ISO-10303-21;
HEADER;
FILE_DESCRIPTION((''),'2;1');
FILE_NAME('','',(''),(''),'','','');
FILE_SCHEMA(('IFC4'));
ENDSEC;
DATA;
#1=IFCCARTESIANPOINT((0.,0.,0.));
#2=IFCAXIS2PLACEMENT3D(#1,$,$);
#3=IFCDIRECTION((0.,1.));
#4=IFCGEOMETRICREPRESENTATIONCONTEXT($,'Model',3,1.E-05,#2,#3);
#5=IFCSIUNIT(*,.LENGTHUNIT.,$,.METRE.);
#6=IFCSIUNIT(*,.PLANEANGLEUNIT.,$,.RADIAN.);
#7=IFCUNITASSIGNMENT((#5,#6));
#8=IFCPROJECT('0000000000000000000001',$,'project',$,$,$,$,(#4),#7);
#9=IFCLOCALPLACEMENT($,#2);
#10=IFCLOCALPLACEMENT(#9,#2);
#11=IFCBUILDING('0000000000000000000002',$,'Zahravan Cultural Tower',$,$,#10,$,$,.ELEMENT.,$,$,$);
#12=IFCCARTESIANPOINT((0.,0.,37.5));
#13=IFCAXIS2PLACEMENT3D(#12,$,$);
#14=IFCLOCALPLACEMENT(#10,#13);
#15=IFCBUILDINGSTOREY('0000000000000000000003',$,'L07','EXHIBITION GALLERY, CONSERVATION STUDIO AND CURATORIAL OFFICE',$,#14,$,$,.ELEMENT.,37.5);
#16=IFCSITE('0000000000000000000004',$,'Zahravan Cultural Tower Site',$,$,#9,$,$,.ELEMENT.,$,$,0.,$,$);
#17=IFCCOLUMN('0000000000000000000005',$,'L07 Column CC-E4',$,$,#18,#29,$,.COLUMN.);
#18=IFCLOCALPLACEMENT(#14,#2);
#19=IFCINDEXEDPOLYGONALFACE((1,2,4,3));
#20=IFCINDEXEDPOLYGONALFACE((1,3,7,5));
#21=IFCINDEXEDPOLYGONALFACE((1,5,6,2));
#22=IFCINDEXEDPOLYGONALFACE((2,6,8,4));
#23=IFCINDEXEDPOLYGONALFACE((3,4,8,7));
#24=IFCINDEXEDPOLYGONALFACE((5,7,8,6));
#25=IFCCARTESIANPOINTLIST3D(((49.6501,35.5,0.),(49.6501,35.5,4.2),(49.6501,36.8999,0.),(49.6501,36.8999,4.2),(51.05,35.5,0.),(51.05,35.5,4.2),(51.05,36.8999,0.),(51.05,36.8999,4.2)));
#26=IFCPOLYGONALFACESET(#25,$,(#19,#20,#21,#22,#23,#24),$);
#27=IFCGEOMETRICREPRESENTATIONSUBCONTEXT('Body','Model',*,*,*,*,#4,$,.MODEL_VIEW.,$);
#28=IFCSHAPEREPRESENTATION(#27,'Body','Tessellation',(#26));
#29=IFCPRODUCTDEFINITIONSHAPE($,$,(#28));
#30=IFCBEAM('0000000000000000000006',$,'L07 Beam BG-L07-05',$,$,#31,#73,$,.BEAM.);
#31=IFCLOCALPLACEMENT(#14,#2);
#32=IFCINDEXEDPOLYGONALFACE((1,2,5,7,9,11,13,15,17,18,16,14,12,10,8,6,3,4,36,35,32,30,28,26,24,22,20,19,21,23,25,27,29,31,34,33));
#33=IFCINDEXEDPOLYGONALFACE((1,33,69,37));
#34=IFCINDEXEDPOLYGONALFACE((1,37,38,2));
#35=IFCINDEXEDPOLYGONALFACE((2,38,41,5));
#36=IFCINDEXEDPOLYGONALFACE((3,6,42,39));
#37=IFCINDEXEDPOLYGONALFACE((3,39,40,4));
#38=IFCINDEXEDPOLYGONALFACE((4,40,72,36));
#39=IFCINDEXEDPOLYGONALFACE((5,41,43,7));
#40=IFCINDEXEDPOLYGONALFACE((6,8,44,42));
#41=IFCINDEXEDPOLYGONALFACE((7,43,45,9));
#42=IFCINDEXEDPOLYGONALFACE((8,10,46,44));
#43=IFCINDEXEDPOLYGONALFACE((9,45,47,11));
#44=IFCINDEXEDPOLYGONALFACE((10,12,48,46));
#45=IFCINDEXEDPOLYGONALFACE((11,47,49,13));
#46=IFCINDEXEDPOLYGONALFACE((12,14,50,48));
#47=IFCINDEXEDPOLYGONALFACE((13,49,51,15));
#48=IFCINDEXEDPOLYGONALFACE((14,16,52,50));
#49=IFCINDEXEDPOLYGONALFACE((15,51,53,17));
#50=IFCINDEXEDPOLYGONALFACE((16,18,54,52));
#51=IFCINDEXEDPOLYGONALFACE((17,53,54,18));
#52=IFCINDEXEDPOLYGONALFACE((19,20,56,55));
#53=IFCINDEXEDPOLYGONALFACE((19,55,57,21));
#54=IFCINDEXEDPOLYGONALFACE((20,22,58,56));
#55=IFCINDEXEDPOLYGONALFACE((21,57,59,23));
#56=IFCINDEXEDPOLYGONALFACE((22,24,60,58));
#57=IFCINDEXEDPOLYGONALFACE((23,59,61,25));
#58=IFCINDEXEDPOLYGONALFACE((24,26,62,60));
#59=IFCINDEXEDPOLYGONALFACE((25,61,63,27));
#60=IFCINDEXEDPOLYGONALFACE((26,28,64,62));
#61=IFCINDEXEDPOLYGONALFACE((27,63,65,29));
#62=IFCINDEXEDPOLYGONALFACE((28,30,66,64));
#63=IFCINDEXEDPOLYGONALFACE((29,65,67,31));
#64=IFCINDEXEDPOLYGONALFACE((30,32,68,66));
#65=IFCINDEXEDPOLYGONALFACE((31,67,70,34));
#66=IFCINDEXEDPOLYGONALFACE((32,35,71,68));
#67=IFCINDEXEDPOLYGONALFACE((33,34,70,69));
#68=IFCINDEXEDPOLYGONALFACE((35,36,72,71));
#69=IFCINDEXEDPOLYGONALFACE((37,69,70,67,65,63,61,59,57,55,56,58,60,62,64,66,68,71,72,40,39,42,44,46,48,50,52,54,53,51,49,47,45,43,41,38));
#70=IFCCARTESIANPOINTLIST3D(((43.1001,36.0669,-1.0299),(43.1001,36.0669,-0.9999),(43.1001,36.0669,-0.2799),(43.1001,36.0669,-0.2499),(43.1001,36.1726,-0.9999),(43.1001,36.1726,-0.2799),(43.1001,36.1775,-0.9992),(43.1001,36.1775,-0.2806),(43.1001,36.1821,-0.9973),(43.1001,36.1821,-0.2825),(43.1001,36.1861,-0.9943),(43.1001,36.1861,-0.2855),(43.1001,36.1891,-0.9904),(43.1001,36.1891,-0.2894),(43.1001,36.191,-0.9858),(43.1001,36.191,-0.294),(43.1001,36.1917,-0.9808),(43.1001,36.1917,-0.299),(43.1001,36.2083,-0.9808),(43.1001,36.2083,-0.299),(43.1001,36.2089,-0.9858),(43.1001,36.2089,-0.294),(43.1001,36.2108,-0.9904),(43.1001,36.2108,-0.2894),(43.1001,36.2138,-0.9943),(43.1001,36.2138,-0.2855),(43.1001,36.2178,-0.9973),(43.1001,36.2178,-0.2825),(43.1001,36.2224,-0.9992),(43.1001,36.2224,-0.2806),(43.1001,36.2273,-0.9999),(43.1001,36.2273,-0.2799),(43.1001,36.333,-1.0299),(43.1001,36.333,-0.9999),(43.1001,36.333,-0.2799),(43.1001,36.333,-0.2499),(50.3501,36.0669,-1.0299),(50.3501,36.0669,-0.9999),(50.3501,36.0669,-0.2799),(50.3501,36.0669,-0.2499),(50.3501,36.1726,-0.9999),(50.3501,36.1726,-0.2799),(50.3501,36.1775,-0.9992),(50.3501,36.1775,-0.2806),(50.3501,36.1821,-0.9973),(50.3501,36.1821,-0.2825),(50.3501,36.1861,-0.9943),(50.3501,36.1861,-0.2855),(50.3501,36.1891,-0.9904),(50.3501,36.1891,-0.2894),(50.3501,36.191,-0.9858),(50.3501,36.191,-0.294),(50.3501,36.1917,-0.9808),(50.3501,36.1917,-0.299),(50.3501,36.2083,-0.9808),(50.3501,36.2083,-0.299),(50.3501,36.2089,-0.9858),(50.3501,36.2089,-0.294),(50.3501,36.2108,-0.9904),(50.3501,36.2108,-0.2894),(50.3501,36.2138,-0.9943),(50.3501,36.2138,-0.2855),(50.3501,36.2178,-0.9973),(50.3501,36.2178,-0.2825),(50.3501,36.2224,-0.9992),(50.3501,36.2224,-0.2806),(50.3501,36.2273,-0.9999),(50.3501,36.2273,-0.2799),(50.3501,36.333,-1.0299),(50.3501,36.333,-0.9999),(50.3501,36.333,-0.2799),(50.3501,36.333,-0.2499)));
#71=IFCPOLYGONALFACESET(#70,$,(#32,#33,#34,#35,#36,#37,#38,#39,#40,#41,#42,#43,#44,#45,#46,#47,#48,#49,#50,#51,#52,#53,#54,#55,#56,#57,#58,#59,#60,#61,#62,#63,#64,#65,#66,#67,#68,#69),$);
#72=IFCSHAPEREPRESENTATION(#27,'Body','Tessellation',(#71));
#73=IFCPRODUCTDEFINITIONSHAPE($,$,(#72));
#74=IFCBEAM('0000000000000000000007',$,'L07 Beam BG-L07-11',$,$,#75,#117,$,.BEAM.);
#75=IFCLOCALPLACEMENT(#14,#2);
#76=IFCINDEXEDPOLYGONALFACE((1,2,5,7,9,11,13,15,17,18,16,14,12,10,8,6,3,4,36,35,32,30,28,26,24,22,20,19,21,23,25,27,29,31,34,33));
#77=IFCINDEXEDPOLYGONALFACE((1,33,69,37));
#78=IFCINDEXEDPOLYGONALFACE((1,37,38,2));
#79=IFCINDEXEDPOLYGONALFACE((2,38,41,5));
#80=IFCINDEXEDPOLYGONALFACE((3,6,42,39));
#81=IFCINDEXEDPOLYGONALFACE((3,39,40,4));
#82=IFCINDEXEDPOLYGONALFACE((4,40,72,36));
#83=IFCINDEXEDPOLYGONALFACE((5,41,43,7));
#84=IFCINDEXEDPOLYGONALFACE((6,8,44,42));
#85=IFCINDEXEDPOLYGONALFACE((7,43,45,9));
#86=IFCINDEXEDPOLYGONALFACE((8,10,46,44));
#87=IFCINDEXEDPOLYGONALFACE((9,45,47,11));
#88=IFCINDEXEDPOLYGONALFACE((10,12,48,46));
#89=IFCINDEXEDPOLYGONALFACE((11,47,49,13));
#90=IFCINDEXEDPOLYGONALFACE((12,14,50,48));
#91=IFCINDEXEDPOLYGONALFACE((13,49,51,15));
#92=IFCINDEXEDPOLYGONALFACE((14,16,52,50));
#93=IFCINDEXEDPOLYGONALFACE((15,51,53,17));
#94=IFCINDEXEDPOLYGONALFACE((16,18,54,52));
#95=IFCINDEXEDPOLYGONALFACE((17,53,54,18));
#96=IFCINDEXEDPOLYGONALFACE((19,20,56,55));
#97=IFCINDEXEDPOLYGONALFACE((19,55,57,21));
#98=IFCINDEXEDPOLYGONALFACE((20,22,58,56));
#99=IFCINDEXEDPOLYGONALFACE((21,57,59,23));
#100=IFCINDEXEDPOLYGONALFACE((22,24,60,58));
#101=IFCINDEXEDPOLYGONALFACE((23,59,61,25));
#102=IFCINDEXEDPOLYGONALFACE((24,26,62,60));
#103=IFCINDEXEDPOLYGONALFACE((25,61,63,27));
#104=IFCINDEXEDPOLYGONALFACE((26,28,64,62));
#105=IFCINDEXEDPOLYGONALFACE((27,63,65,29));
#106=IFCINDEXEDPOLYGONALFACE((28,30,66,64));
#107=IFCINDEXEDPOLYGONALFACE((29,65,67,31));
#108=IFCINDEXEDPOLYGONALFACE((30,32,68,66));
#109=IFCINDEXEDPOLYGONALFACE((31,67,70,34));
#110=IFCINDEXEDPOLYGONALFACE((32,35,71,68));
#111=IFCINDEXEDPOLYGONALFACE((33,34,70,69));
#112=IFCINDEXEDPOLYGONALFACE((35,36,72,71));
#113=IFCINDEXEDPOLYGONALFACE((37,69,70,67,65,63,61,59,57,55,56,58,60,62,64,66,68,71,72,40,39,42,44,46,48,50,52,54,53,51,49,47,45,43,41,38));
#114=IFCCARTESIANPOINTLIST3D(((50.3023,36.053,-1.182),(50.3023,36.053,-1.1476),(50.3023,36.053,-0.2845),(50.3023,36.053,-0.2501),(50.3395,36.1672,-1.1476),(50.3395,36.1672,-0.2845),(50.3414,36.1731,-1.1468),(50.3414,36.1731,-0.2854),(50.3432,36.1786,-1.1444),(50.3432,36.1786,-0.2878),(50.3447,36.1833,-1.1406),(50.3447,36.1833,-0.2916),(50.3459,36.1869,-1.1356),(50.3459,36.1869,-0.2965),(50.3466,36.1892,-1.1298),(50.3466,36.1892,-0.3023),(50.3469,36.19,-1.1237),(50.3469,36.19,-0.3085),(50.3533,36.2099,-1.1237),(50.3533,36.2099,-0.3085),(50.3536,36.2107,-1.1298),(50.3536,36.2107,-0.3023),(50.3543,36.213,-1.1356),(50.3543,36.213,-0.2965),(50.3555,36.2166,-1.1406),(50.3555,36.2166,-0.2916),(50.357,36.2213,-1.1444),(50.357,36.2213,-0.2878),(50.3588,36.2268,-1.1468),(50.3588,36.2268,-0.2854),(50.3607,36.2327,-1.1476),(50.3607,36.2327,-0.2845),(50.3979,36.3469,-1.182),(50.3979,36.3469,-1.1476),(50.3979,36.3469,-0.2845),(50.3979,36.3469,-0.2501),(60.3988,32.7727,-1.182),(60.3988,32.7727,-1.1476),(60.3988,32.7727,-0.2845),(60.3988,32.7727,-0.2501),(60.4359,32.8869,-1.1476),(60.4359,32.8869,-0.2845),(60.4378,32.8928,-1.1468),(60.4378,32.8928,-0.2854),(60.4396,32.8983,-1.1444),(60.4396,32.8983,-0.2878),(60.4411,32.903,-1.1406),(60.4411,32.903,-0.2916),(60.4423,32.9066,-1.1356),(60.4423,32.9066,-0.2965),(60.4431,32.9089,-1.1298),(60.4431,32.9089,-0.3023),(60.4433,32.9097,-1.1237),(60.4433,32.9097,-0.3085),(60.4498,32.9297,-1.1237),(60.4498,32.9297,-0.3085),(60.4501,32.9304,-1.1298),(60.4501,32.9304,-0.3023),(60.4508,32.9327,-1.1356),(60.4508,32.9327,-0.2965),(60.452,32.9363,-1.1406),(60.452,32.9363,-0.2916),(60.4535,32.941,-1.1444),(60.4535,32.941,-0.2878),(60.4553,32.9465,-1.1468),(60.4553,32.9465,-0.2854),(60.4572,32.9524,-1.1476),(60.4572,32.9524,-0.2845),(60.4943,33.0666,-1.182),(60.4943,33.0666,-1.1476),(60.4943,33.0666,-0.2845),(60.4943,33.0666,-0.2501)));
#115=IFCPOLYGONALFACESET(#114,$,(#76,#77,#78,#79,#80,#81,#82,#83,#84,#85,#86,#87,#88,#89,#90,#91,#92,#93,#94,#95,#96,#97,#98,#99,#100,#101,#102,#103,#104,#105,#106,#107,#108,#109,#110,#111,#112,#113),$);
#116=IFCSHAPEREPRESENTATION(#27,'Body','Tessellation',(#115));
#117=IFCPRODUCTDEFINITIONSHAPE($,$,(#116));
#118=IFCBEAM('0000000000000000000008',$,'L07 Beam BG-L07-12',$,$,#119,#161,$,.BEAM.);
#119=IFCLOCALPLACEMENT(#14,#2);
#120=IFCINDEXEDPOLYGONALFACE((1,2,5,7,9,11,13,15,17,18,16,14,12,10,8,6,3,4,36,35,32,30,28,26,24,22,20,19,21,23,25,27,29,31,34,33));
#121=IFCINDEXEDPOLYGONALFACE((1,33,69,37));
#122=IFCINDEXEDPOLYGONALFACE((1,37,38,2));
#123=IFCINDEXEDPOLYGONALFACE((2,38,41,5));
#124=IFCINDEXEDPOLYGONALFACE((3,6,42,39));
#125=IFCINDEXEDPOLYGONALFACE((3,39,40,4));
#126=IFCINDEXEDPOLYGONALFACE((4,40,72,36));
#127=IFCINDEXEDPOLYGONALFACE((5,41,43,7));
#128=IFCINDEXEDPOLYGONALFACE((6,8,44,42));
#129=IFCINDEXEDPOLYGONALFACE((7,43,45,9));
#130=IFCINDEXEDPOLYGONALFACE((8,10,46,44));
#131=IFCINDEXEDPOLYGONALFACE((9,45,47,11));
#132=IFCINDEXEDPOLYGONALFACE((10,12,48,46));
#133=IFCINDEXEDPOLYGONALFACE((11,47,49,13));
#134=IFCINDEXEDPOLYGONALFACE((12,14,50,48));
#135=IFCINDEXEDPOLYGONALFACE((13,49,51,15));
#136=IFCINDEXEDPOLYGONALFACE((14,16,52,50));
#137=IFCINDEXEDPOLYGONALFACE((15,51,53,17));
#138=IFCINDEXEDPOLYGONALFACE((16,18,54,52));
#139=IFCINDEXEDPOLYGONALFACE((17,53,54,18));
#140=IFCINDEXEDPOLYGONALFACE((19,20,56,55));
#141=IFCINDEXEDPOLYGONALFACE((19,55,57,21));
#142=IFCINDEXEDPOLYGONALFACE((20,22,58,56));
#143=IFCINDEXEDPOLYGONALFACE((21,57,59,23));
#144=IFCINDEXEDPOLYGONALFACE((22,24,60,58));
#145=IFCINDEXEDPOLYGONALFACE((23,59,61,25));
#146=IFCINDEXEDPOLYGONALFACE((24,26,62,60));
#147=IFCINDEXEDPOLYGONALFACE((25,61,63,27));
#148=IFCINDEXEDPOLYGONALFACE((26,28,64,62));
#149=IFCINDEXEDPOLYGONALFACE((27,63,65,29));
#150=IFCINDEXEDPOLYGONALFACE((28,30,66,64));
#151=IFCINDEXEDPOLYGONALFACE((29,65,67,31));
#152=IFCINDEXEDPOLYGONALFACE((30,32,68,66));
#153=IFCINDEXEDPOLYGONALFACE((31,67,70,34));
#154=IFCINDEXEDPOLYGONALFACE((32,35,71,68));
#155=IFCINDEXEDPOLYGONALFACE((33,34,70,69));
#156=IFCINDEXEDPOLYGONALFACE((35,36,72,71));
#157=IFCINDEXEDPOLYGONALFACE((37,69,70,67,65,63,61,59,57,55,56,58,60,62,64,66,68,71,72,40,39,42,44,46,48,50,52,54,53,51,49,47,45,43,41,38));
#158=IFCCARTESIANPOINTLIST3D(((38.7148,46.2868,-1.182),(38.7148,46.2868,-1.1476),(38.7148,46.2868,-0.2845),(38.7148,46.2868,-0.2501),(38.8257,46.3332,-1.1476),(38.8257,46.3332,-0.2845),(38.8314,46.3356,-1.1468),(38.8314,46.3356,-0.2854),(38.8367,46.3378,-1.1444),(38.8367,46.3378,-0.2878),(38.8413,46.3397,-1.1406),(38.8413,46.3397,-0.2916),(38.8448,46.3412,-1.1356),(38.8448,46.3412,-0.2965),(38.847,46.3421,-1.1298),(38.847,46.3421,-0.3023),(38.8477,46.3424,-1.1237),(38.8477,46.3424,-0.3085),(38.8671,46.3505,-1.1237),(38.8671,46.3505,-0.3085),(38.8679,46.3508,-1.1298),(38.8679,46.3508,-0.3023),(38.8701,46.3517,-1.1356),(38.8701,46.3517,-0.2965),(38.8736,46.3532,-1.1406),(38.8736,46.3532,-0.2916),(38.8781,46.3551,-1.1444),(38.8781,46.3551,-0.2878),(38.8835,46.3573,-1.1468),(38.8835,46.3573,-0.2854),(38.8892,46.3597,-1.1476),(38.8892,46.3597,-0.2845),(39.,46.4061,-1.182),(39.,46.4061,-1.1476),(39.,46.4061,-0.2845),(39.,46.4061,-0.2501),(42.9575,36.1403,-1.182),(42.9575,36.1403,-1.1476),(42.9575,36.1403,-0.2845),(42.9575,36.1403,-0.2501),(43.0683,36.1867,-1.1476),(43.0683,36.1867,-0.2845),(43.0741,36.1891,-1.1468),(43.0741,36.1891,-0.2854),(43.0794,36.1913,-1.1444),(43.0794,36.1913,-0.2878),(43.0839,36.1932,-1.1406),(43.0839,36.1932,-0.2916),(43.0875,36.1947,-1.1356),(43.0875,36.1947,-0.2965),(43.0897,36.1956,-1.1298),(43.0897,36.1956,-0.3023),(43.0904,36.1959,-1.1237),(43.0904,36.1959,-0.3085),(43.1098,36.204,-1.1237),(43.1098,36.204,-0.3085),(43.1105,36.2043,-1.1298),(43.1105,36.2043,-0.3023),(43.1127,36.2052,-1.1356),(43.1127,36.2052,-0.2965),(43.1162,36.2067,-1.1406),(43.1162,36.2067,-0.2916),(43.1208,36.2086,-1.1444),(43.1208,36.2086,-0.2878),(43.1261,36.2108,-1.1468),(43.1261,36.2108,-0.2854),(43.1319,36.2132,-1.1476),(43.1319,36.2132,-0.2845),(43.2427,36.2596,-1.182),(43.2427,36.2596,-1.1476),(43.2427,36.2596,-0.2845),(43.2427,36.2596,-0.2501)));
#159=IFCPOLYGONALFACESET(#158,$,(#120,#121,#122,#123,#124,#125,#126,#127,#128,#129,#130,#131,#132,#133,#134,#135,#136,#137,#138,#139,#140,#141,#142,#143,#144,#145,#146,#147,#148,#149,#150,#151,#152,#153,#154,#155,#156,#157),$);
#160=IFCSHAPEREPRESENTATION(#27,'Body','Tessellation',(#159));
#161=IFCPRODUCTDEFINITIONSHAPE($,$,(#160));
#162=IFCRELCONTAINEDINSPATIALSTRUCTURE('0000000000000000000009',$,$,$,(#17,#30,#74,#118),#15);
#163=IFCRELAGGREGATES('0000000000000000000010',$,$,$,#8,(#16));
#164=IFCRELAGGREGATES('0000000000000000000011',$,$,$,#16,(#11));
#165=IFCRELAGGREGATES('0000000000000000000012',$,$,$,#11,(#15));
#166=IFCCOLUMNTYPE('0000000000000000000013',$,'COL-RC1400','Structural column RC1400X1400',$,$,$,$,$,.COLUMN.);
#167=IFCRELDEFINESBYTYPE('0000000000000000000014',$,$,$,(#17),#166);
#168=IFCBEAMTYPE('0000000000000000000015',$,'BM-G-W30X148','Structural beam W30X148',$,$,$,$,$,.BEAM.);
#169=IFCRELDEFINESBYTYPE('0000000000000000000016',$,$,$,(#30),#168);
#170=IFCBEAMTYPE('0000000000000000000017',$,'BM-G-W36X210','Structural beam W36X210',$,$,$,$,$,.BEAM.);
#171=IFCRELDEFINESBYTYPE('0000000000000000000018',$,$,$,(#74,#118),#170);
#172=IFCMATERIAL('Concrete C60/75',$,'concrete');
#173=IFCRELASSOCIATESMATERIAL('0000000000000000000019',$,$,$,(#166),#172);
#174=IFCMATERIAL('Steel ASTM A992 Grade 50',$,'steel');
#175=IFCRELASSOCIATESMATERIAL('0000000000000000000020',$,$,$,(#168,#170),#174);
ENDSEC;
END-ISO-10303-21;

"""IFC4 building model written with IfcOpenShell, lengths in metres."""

from ifc_helpers import new_model, si_unit, direction, frame, origin, origin_2d, place, context, subcontext, project, spatial, rectangle, i_section, extrude, source, transform, mapped, material, material_profile, profile_set, type_object, element, save


model = new_model("IFC4")

# Units and contexts
model_context = context("Model", 3, precision=1e-05, world=origin(), true_north=direction((0.0, 1.0)))
body_context = subcontext(model_context, "Body", "Model", "MODEL_VIEW")
ifc_project = project(units=[si_unit("LENGTHUNIT", "METRE"), si_unit("PLANEANGLEUNIT", "RADIAN")], contexts=[model_context])

# Site, building, storey
site_placement = place(None, origin())
site = spatial("IfcSite", under=ifc_project, at=site_placement, Name="Zahravan Cultural Tower Site", CompositionType="ELEMENT", RefElevation=0.0)
building_placement = place(site_placement, origin())
building = spatial("IfcBuilding", under=site, at=building_placement, Name="Zahravan Cultural Tower", CompositionType="ELEMENT")
storey_placement = place(building_placement, frame((0.0, 0.0, 37.5)))
storey = spatial("IfcBuildingStorey", under=building, at=storey_placement, Name="L07", Description="EXHIBITION GALLERY, CONSERVATION STUDIO AND CURATORIAL OFFICE", CompositionType="ELEMENT", Elevation=37.5)

# Column
ifc_material_1 = material(Name="Concrete C60/75", Category="concrete")
ifc_material_profile_1 = material_profile(ifc_material_1, rectangle(XDim=1.3999, YDim=1.3999, at=origin_2d()), Name="RC1400X1400")
ifc_profile_set_1 = profile_set([ifc_material_profile_1], Name="Concrete C60/75")
column_type = type_object("IfcColumnType", Name="COL-RC1400", Description="Structural column RC1400X1400", PredefinedType="COLUMN", material=ifc_profile_set_1)
shared_shape_1 = source(origin(), body_context, "Body", "SweptSolid", [
    extrude(rectangle(XDim=1.3999, YDim=1.3999, at=origin_2d()), origin(), (0.0, 0.0, 1.0), 4.2),
])
column_placement = place(storey_placement, frame((50.3501, 36.2, 0.0), z_axis=(0.0, 0.0, 1.0), x_axis=(1.0, 0.0, 0.0)))
element("IfcColumn", 1, at=column_placement, inside=storey, type_object=column_type, Name="L07 Column CC-E4", PredefinedType="COLUMN", context=body_context, shape_type="MappedRepresentation", body=[
    mapped(shared_shape_1, transform((0.0, 0.0, 0.0), x_axis=(1.0, 0.0, 0.0), y_axis=(0.0, 1.0, 0.0), z_axis=(0.0, 0.0, 1.0), scale=1.0)),
])

# Beams
ifc_material_2 = material(Name="Steel ASTM A992 Grade 50", Category="steel")
ifc_material_profile_2 = material_profile(ifc_material_2, i_section(OverallWidth=0.2661, OverallDepth=0.78, WebThickness=0.0166, FlangeThickness=0.03, FilletRadius=0.019, at=origin_2d()), Name="W30X148")
ifc_profile_set_2 = profile_set([ifc_material_profile_2], Name="Steel ASTM A992 Grade 50")
beam_type_1 = type_object("IfcBeamType", Name="BM-G-W30X148", Description="Structural beam W30X148", PredefinedType="BEAM", material=ifc_profile_set_2)
shared_shape_2 = source(origin(), body_context, "Body", "SweptSolid", [
    extrude(i_section(OverallWidth=0.2661, OverallDepth=0.78, WebThickness=0.0166, FlangeThickness=0.03, FilletRadius=0.019, at=origin_2d()), origin(), (0.0, 0.0, 1.0), 7.25),
])
beam_1_placement = place(storey_placement, frame((43.1001, 36.2, -0.6399), z_axis=(1.0, 0.0, 0.0), x_axis=(0.0, 1.0, 0.0)))
element("IfcBeam", 2, at=beam_1_placement, inside=storey, type_object=beam_type_1, Name="L07 Beam BG-L07-05", PredefinedType="BEAM", context=body_context, shape_type="MappedRepresentation", body=[
    mapped(shared_shape_2, transform((0.0, 0.0, 0.0), x_axis=(1.0, 0.0, 0.0), y_axis=(0.0, 1.0, 0.0), z_axis=(0.0, 0.0, 1.0), scale=1.0)),
])
ifc_material_profile_3 = material_profile(ifc_material_2, i_section(OverallWidth=0.3091, OverallDepth=0.9319, WebThickness=0.021, FlangeThickness=0.0344, FilletRadius=0.0239, at=origin_2d()), Name="W36X210")
ifc_profile_set_3 = profile_set([ifc_material_profile_3], Name="Steel ASTM A992 Grade 50")
beam_type_2 = type_object("IfcBeamType", Name="BM-G-W36X210", Description="Structural beam W36X210", PredefinedType="BEAM", material=ifc_profile_set_3)
shared_shape_3 = source(origin(), body_context, "Body", "SweptSolid", [
    extrude(i_section(OverallWidth=0.3091, OverallDepth=0.9319, WebThickness=0.021, FlangeThickness=0.0344, FilletRadius=0.0239, at=origin_2d()), origin(), (0.0, 0.0, 1.0), 10.616),
])
beam_2_placement = place(storey_placement, frame((50.3501, 36.2, -0.7161), z_axis=(0.951064, -0.308995, 0.0), x_axis=(0.308995, 0.951064, 0.0)))
element("IfcBeam", 3, at=beam_2_placement, inside=storey, type_object=beam_type_2, Name="L07 Beam BG-L07-11", PredefinedType="BEAM", context=body_context, shape_type="MappedRepresentation", body=[
    mapped(shared_shape_3, transform((0.0, 0.0, 0.0), x_axis=(1.0, 0.0, 0.0), y_axis=(0.0, 1.0, 0.0), z_axis=(0.0, 0.0, 1.0), scale=1.0)),
])
shared_shape_4 = source(origin(), body_context, "Body", "SweptSolid", [
    extrude(i_section(OverallWidth=0.3091, OverallDepth=0.9319, WebThickness=0.021, FlangeThickness=0.0344, FilletRadius=0.0239, at=origin_2d()), origin(), (0.0, 0.0, 1.0), 10.9978),
])
beam_3_placement = place(storey_placement, frame((43.1001, 36.2, -0.7161), z_axis=(-0.385775, 0.922593, 0.0), x_axis=(-0.922593, -0.385775, 0.0)))
element("IfcBeam", 4, at=beam_3_placement, inside=storey, type_object=beam_type_2, Name="L07 Beam BG-L07-12", PredefinedType="BEAM", context=body_context, shape_type="MappedRepresentation", body=[
    mapped(shared_shape_4, transform((0.0, 0.0, 0.0), x_axis=(1.0, 0.0, 0.0), y_axis=(0.0, 1.0, 0.0), z_axis=(0.0, 0.0, 1.0), scale=1.0)),
])

save(model, "model.ifc")
